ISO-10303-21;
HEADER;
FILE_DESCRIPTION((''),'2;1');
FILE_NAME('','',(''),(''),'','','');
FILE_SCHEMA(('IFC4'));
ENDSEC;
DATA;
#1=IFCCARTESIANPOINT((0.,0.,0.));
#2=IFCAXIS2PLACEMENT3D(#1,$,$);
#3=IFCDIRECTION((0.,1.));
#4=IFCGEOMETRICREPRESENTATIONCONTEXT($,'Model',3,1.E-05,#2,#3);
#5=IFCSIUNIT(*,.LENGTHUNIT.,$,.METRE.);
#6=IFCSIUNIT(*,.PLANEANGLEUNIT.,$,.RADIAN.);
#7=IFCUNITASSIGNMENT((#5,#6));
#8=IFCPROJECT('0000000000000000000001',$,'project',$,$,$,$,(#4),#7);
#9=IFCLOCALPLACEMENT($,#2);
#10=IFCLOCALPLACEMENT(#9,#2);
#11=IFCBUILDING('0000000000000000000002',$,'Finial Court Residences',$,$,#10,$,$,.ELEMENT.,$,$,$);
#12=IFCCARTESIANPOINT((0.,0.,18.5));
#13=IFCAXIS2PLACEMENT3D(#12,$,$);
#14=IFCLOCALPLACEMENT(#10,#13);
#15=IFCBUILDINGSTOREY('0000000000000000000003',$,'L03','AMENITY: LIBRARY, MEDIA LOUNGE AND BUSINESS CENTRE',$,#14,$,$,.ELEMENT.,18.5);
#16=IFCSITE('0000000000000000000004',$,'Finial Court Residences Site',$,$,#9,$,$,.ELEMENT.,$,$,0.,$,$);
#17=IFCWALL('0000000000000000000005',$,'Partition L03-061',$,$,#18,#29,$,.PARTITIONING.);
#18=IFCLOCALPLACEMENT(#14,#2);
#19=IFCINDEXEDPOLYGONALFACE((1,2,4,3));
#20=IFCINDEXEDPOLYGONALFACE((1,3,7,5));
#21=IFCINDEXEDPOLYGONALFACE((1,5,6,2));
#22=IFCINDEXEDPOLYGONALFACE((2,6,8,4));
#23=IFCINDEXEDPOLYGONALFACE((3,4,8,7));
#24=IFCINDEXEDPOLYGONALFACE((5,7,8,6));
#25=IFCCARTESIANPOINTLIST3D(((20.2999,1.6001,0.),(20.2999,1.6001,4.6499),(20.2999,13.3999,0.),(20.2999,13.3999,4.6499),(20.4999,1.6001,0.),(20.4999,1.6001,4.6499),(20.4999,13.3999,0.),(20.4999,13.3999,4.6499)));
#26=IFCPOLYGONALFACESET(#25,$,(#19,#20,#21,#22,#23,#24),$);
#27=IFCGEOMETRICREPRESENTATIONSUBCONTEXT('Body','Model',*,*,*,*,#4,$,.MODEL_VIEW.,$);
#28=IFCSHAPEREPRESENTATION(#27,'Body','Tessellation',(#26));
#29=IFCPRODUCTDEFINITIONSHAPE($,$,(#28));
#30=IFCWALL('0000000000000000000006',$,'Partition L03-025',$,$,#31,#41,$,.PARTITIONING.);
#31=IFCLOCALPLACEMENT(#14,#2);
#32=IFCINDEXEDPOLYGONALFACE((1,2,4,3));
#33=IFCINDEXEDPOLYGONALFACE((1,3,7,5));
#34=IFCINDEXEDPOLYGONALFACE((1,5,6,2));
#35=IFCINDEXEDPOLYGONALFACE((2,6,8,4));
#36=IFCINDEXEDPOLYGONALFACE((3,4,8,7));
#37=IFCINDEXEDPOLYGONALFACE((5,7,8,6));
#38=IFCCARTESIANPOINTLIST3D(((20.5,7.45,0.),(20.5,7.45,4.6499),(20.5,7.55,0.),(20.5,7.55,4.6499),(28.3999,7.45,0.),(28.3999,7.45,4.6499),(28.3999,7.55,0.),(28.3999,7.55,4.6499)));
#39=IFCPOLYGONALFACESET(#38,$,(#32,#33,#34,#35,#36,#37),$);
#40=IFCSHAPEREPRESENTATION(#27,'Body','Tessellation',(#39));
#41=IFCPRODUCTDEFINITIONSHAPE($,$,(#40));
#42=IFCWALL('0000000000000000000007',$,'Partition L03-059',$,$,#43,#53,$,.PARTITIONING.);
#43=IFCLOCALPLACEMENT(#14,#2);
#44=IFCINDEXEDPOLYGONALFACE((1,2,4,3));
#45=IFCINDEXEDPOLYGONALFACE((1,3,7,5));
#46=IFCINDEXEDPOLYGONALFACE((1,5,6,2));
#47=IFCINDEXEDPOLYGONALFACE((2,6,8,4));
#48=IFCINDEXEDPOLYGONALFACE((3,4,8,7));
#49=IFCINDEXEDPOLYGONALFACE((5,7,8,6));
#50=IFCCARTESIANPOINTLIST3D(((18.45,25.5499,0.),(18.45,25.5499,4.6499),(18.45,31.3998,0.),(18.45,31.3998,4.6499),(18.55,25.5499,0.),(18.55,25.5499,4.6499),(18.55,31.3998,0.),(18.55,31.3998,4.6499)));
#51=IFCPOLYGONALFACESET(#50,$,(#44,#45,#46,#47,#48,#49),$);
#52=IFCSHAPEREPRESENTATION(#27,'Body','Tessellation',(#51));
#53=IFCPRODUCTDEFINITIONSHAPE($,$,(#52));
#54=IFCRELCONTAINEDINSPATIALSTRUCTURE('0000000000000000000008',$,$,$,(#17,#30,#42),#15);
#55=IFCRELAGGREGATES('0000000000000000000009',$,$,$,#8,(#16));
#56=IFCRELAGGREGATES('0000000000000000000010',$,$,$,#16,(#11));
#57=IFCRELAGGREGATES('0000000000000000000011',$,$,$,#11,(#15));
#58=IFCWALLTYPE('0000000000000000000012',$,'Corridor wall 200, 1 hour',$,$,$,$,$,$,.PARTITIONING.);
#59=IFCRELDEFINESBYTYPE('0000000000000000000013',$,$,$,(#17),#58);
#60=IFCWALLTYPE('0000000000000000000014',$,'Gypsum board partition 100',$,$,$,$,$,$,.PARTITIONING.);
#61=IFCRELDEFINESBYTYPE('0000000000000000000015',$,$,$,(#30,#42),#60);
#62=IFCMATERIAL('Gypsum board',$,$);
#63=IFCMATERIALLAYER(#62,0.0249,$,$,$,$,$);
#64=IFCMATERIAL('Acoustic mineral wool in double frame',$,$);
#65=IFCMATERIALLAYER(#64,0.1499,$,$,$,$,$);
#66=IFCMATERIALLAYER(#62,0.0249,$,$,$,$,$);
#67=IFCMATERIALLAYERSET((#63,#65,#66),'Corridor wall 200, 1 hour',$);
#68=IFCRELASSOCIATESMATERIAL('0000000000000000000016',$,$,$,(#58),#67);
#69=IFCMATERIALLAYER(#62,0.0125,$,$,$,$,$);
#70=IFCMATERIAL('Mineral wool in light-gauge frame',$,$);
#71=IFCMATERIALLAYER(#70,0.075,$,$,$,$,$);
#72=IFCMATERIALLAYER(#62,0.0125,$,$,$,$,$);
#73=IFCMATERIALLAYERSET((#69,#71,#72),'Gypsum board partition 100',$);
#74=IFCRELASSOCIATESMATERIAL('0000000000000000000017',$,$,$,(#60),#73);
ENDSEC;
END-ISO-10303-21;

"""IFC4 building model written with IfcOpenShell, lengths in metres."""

from ifc_helpers import new_model, si_unit, direction, frame, frame_2d, origin, place, context, subcontext, project, spatial, rectangle, extrude, material, layer, layer_set, type_object, element, save


model = new_model("IFC4")

# Units and contexts
model_context = context("Model", 3, precision=1e-05, world=origin(), true_north=direction((0.0, 1.0)))
body_context = subcontext(model_context, "Body", "Model", "MODEL_VIEW")
ifc_project = project(units=[si_unit("LENGTHUNIT", "METRE"), si_unit("PLANEANGLEUNIT", "RADIAN")], contexts=[model_context])

# Site, building, storey
site_placement = place(None, origin())
site = spatial("IfcSite", under=ifc_project, at=site_placement, Name="Finial Court Residences Site", CompositionType="ELEMENT", RefElevation=0.0)
building_placement = place(site_placement, origin())
building = spatial("IfcBuilding", under=site, at=building_placement, Name="Finial Court Residences", CompositionType="ELEMENT")
storey_placement = place(building_placement, frame((0.0, 0.0, 18.5)))
storey = spatial("IfcBuildingStorey", under=building, at=storey_placement, Name="L03", Description="AMENITY: LIBRARY, MEDIA LOUNGE AND BUSINESS CENTRE", CompositionType="ELEMENT", Elevation=18.5)

# Shared definitions
ifc_material_1 = material(Name="Gypsum board")
ifc_layer_1 = layer(ifc_material_1, 0.0249)
ifc_material_2 = material(Name="Acoustic mineral wool in double frame")
ifc_layer_2 = layer(ifc_material_2, 0.1499)
ifc_layer_3 = layer(ifc_material_1, 0.0249)
ifc_layer_set_1 = layer_set([ifc_layer_1, ifc_layer_2, ifc_layer_3], Name="Corridor wall 200, 1 hour")
wall_type_1 = type_object("IfcWallType", Name="Corridor wall 200, 1 hour", PredefinedType="PARTITIONING", material=ifc_layer_set_1)

# Walls
for number, where, z_axis, x_axis, name in (
    (1, (20.3999, 1.6001, 0.0), (0.0, 0.0, 1.0), (0.0, 1.0, 0.0), "Partition L03-061"),
):
    element("IfcWall", number, at=place(storey_placement, frame(where, z_axis=z_axis, x_axis=x_axis)), inside=storey, type_object=wall_type_1, Name=name, PredefinedType="PARTITIONING", context=body_context, shape_type="SweptSolid", body=[
        extrude(rectangle(XDim=11.7998, YDim=0.2, at=frame_2d((5.8999, 0.0))), origin(), (0.0, 0.0, 1.0), 4.6499),
    ])
ifc_layer_4 = layer(ifc_material_1, 0.0125)
ifc_material_3 = material(Name="Mineral wool in light-gauge frame")
ifc_layer_5 = layer(ifc_material_3, 0.075)
ifc_layer_6 = layer(ifc_material_1, 0.0125)
ifc_layer_set_2 = layer_set([ifc_layer_4, ifc_layer_5, ifc_layer_6], Name="Gypsum board partition 100")
wall_type_2 = type_object("IfcWallType", Name="Gypsum board partition 100", PredefinedType="PARTITIONING", material=ifc_layer_set_2)
wall_1_placement = place(storey_placement, frame((20.5, 7.5, 0.0), z_axis=(0.0, 0.0, 1.0), x_axis=(1.0, 0.0, 0.0)))
element("IfcWall", 2, at=wall_1_placement, inside=storey, type_object=wall_type_2, Name="Partition L03-025", PredefinedType="PARTITIONING", context=body_context, shape_type="SweptSolid", body=[
    extrude(rectangle(XDim=7.8999, YDim=0.1001, at=frame_2d((3.95, 0.0))), origin(), (0.0, 0.0, 1.0), 4.6499),
])
wall_2_placement = place(storey_placement, frame((18.5, 25.55, 0.0), z_axis=(0.0, 0.0, 1.0), x_axis=(0.0, 1.0, 0.0)))
element("IfcWall", 3, at=wall_2_placement, inside=storey, type_object=wall_type_2, Name="Partition L03-059", PredefinedType="PARTITIONING", context=body_context, shape_type="SweptSolid", body=[
    extrude(rectangle(XDim=5.8499, YDim=0.1001, at=frame_2d((2.9248, 0.0))), origin(), (0.0, 0.0, 1.0), 4.6499),
])

save(model, "model.ifc")
